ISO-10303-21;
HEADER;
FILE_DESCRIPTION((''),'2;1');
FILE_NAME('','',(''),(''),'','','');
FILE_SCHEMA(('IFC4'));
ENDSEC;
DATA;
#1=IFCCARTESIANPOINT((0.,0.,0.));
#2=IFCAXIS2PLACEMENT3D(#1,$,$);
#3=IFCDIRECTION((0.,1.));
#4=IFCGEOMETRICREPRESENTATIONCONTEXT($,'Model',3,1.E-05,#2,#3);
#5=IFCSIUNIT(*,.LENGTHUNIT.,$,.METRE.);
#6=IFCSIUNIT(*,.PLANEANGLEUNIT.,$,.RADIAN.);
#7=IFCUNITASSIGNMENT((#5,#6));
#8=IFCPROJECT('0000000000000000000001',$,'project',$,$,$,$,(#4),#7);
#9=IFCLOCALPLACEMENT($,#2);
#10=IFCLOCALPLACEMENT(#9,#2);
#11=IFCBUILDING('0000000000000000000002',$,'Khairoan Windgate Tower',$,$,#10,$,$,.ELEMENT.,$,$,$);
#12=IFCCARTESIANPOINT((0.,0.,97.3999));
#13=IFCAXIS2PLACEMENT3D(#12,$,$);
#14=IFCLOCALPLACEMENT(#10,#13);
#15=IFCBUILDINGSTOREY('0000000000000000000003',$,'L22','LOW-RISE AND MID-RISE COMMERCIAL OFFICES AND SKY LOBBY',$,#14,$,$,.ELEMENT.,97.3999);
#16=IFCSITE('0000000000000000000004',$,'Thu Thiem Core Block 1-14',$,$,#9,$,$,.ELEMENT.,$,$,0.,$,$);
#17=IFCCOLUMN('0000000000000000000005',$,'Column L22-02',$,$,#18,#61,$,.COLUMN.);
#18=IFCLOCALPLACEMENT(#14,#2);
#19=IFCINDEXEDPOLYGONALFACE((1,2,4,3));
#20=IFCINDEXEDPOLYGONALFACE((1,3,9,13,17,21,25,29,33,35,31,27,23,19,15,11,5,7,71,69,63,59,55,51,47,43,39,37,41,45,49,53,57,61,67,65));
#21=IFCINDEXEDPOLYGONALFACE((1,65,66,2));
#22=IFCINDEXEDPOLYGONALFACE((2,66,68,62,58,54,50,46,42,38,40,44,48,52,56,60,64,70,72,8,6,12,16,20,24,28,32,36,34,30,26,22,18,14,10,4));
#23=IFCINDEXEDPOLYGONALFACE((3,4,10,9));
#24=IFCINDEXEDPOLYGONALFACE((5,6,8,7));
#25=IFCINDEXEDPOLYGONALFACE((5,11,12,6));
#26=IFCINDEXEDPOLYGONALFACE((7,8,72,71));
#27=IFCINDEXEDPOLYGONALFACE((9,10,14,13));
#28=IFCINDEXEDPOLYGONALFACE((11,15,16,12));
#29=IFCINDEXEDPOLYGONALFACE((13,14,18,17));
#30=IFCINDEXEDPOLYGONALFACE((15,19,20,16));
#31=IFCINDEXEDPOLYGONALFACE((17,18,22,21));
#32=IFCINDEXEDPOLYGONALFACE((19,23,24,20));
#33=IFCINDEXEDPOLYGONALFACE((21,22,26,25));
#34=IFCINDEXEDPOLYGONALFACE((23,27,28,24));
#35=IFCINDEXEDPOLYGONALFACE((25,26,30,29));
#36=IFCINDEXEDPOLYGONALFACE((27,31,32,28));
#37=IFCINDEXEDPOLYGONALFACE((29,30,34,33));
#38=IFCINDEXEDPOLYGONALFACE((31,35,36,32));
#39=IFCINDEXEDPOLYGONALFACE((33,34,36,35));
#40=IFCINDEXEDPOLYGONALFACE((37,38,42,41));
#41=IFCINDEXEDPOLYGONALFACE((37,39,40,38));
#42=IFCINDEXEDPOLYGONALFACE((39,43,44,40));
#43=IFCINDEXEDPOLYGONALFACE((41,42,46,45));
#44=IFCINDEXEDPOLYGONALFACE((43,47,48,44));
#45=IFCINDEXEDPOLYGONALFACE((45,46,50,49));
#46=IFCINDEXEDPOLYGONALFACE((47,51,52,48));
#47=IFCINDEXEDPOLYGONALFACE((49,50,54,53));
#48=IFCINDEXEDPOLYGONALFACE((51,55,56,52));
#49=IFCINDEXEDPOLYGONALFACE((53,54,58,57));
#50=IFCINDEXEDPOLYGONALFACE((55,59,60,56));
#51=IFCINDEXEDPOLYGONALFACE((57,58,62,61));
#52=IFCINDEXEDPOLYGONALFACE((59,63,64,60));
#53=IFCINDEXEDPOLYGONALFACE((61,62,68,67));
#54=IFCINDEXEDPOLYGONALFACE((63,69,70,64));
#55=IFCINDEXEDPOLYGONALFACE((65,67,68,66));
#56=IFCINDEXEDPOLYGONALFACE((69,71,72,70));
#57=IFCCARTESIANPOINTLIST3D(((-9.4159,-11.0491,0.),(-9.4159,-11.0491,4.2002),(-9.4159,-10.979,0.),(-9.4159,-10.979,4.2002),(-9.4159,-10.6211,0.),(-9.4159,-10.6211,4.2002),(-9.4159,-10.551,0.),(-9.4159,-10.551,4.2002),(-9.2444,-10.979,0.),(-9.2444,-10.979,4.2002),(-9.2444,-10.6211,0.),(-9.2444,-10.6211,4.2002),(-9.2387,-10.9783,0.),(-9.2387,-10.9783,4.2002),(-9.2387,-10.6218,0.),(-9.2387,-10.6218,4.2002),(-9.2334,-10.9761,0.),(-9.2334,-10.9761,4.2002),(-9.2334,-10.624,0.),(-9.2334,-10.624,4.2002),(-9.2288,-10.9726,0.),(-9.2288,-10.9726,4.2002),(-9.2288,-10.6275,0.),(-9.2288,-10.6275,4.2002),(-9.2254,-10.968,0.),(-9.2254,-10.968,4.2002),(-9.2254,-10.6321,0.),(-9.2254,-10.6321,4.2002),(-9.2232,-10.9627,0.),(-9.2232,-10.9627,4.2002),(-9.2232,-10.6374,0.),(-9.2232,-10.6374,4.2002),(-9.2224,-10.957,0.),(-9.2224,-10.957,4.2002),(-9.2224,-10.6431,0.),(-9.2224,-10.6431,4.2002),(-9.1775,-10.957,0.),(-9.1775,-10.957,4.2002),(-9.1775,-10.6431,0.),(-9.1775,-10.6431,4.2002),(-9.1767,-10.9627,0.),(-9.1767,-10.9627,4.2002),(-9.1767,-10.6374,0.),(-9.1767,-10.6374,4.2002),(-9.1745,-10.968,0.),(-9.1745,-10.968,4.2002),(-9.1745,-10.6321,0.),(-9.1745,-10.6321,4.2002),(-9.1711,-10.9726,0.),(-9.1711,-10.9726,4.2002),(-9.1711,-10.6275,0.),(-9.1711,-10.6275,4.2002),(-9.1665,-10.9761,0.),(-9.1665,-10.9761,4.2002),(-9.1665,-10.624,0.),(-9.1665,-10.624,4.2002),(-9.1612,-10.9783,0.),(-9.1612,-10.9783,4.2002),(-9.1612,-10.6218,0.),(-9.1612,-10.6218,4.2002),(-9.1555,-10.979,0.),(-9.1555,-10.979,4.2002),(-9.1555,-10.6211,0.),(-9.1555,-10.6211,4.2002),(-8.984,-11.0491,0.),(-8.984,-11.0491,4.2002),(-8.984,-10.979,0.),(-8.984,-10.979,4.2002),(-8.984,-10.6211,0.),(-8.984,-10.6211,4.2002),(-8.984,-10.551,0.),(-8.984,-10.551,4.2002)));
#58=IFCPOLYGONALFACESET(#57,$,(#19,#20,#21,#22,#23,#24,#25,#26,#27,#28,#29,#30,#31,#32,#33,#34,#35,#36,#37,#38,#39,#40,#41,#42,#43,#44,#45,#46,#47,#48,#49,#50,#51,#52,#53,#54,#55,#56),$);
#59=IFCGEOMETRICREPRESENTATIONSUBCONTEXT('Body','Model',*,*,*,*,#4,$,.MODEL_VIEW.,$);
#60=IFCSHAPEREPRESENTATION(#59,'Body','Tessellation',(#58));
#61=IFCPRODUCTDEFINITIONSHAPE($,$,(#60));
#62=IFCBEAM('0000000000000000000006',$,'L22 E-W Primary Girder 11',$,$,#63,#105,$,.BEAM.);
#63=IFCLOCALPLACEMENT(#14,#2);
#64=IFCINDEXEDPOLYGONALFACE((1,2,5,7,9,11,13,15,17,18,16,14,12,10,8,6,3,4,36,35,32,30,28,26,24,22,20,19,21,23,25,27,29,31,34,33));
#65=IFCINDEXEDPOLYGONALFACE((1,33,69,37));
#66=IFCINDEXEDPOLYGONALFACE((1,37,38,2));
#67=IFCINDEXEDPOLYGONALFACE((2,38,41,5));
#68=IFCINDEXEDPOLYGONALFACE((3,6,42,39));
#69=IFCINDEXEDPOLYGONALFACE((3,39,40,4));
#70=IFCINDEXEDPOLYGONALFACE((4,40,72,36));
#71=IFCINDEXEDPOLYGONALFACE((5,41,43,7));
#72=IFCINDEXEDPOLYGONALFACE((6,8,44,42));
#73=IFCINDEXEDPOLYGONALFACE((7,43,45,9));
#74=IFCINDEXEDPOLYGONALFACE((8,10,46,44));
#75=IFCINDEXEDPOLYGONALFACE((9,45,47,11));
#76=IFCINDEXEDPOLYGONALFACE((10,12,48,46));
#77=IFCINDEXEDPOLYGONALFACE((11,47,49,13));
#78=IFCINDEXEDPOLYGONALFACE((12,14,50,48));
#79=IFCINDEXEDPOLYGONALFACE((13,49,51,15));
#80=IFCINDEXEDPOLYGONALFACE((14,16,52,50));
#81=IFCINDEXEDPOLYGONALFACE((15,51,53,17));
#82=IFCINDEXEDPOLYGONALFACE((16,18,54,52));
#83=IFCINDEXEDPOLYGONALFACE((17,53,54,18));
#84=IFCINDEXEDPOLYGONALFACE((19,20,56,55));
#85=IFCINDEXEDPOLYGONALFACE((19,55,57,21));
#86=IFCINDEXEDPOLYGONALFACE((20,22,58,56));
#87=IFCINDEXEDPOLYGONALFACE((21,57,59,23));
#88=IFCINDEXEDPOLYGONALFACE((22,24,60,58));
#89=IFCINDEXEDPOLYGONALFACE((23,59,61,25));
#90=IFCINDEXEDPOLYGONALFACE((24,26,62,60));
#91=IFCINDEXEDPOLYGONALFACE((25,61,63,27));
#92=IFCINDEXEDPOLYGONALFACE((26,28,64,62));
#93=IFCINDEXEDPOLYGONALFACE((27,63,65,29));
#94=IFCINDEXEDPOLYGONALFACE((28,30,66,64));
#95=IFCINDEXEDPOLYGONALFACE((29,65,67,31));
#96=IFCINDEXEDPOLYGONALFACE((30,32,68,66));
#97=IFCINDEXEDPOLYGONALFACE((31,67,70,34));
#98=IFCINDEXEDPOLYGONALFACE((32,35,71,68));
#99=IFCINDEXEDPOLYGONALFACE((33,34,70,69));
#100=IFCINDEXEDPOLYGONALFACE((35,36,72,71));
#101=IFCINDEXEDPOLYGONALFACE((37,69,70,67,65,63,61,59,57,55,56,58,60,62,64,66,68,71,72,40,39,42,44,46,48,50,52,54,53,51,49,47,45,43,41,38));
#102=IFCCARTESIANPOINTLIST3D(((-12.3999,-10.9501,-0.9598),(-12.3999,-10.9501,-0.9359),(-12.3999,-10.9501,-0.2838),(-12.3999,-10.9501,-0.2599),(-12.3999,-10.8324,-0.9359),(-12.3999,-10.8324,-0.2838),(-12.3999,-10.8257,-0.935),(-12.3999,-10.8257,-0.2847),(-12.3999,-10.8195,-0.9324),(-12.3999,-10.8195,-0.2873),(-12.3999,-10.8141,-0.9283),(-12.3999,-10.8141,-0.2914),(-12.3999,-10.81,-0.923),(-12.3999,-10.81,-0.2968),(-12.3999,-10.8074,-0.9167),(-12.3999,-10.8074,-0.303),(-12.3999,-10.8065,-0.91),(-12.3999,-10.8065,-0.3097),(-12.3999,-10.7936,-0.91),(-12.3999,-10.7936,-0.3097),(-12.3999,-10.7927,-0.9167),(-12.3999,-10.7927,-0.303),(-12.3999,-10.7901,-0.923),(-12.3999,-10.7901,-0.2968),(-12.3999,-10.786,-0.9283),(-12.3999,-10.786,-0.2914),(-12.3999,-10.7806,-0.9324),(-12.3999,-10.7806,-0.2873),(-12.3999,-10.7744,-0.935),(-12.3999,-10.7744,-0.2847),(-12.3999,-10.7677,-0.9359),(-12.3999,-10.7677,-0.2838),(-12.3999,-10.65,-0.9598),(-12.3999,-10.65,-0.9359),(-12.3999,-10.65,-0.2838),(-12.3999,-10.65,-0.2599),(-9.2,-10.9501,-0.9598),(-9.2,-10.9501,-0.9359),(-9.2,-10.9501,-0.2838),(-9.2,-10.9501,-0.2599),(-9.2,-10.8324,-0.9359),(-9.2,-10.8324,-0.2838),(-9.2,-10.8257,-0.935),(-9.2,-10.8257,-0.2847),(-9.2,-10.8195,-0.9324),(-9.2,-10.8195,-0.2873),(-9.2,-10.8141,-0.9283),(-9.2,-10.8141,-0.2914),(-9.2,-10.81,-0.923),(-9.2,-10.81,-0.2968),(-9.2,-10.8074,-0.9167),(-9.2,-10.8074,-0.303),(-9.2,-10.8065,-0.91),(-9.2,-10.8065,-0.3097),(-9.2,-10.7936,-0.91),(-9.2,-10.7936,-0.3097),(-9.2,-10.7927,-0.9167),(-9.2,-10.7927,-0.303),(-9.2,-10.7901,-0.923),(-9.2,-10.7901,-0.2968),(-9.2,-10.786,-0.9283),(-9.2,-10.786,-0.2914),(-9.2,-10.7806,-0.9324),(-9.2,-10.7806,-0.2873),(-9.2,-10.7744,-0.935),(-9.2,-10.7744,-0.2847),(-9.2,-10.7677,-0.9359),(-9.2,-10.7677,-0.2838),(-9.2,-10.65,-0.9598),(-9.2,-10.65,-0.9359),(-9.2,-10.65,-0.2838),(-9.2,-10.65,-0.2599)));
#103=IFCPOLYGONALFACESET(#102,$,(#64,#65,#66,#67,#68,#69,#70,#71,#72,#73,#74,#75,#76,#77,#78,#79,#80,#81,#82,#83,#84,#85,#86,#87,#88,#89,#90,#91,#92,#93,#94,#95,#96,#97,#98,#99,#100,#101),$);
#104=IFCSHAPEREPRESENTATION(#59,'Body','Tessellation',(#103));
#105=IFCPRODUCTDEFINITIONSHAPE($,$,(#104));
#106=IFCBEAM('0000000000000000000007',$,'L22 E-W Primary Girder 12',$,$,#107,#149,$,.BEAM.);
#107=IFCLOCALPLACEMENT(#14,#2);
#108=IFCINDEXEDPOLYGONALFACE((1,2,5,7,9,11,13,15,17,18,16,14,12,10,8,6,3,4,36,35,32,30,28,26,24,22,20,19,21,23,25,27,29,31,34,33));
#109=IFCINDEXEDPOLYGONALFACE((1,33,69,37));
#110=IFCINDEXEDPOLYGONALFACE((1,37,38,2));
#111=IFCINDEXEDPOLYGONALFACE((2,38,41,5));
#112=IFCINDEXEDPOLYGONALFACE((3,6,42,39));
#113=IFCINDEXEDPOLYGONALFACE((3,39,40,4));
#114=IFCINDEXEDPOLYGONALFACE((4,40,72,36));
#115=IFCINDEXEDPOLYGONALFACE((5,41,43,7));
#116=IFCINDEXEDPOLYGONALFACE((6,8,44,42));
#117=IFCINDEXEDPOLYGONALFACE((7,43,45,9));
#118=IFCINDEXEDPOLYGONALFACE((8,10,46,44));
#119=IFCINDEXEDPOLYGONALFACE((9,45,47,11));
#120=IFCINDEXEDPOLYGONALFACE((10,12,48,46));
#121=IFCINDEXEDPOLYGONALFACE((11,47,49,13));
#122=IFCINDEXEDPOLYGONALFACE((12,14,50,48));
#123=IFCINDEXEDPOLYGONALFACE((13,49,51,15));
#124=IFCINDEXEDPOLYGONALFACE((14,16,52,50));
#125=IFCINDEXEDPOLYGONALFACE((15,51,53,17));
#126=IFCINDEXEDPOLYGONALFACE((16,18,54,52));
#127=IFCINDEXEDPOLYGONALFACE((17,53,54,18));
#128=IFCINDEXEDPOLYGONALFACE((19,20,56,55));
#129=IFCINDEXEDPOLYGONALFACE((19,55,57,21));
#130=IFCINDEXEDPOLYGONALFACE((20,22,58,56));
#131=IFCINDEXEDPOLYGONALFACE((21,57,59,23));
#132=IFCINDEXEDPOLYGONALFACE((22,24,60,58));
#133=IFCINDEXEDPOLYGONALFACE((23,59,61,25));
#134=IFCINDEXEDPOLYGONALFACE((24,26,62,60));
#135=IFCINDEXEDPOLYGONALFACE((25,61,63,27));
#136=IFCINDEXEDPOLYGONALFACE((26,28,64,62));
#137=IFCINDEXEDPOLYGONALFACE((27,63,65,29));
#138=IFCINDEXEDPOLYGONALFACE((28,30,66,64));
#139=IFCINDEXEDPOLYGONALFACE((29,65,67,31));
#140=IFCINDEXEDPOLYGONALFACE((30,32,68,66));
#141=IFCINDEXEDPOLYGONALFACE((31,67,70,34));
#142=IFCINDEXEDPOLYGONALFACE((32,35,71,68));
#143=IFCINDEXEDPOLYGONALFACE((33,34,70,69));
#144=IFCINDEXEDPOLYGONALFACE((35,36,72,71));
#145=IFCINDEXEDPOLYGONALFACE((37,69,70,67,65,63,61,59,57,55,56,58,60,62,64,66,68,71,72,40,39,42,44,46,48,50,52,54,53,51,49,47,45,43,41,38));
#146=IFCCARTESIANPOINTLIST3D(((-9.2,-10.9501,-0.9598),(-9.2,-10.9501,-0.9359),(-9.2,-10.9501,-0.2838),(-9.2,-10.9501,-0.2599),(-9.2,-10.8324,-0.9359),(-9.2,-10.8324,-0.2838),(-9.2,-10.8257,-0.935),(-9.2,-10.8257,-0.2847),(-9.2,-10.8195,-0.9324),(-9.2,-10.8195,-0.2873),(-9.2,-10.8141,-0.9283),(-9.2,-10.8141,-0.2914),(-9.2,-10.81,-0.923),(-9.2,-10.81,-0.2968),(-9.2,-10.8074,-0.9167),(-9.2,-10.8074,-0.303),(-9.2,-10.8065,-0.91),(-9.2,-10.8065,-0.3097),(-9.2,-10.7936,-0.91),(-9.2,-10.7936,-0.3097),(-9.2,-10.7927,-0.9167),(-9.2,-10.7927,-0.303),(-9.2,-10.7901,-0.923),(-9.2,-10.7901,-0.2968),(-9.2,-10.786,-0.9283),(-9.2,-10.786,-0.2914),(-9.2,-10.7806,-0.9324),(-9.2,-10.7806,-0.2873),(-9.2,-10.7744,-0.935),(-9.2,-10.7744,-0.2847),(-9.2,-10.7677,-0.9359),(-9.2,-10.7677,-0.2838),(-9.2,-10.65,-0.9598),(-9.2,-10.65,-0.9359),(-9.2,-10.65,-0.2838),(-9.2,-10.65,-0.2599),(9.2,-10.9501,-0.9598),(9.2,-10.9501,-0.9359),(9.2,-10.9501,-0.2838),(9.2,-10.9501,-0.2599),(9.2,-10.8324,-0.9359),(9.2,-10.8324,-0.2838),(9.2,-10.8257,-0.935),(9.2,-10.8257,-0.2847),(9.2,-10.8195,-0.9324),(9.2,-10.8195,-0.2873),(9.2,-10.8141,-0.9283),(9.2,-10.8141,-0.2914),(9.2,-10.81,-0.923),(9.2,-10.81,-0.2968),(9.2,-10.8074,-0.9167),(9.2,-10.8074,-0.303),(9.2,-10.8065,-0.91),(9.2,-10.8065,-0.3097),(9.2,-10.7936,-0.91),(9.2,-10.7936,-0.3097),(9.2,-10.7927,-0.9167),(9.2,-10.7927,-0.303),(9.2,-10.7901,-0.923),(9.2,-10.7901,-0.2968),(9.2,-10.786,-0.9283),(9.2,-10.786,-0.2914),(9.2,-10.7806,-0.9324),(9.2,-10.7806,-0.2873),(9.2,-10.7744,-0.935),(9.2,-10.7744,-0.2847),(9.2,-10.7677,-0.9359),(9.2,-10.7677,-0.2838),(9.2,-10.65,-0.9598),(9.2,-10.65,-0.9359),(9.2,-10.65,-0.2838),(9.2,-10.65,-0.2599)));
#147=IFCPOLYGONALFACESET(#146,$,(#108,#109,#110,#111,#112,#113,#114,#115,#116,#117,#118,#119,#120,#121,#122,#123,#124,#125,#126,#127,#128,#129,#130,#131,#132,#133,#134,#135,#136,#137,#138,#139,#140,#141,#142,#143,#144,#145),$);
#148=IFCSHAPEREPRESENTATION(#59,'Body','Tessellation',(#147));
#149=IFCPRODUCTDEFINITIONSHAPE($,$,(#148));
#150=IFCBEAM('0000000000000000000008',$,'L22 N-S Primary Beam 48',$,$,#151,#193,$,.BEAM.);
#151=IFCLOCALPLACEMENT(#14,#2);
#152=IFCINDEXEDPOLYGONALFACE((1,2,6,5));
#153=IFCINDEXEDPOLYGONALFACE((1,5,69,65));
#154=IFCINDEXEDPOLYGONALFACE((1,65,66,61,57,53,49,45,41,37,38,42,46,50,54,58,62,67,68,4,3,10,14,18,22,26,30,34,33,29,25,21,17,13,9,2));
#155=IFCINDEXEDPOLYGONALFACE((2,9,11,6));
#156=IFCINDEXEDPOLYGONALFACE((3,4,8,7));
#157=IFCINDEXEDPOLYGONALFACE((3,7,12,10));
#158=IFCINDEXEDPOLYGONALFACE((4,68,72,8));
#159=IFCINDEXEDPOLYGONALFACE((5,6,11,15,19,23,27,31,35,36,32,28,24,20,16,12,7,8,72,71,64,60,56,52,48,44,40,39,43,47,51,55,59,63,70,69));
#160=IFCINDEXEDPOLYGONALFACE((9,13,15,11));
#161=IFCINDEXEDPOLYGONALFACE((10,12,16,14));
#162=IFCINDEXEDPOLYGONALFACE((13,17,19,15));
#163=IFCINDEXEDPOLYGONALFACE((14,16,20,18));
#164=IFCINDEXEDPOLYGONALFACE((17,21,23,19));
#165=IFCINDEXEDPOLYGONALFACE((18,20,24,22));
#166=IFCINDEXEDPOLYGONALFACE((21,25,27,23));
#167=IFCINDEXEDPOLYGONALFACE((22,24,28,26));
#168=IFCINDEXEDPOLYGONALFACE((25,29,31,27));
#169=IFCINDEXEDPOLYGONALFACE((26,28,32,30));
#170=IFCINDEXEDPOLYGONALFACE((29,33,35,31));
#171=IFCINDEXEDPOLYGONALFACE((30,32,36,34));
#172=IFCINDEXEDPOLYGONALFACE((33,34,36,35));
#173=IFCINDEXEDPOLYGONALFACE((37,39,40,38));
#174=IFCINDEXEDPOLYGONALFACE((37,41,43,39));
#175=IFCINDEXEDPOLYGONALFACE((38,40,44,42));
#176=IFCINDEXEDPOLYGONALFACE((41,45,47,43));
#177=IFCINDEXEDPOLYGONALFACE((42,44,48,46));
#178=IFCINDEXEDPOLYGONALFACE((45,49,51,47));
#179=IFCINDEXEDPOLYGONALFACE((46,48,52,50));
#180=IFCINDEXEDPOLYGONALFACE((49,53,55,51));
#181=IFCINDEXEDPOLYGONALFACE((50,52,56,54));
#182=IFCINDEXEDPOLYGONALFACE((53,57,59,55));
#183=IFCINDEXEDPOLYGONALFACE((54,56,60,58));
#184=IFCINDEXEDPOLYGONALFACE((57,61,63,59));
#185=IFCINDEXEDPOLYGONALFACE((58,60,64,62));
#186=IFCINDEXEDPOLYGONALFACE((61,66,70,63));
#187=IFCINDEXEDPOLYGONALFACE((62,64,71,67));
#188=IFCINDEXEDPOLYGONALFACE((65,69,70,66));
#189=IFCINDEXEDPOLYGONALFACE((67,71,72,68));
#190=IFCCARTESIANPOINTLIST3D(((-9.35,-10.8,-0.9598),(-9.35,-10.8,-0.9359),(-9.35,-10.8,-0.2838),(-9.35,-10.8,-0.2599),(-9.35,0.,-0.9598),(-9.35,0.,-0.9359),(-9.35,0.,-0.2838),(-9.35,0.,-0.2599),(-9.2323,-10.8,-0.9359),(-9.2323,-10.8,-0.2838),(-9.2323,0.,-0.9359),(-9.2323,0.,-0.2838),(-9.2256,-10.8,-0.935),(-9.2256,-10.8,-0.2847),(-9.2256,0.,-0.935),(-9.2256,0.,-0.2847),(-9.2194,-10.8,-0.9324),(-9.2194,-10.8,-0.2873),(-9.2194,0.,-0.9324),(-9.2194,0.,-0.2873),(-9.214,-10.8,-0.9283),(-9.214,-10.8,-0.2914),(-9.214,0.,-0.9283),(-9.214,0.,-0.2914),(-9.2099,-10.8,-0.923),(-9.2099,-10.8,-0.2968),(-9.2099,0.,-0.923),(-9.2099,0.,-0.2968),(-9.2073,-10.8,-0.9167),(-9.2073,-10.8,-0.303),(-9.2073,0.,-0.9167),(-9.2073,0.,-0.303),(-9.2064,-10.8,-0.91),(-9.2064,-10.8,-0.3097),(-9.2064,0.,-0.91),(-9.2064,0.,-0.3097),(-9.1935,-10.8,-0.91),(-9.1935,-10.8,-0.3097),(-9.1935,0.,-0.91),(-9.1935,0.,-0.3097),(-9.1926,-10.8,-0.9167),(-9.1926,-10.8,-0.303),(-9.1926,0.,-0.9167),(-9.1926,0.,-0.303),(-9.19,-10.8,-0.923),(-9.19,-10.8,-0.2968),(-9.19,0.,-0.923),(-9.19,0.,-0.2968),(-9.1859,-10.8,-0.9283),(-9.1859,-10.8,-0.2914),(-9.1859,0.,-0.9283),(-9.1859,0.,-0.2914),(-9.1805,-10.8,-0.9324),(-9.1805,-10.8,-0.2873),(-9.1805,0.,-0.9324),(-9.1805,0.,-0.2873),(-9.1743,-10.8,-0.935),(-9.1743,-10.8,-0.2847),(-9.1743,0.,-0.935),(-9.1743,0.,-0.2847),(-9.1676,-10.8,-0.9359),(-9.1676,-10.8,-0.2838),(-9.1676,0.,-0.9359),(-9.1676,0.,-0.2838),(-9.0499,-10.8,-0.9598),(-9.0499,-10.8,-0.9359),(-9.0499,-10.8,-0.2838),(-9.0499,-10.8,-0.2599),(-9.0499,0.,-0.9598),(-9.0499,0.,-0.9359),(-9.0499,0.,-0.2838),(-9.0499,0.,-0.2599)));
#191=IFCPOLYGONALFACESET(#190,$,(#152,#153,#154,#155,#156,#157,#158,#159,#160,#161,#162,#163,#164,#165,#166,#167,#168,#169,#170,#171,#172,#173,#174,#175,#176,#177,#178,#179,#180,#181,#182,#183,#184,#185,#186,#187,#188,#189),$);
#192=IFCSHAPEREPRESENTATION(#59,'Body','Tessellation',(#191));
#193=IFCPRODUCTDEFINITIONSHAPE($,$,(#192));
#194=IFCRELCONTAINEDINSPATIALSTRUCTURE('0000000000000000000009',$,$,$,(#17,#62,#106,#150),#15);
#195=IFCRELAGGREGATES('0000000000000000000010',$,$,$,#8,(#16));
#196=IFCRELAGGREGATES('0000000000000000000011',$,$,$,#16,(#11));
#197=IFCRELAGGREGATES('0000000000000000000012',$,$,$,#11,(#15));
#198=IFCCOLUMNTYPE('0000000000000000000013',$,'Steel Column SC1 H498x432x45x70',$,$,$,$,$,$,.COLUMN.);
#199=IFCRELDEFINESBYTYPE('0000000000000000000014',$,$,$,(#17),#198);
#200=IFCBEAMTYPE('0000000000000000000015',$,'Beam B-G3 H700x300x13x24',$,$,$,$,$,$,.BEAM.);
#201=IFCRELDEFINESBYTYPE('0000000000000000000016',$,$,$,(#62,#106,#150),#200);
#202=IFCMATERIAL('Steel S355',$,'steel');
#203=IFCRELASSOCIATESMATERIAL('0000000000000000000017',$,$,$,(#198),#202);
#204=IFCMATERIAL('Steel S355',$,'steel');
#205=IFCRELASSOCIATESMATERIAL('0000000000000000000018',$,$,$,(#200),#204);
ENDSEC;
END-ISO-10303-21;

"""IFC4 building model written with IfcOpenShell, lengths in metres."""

from ifc_helpers import new_model, si_unit, direction, frame, origin, origin_2d, place, context, subcontext, project, spatial, i_section, extrude, material, material_profile, profile_set, type_object, element, save


model = new_model("IFC4")

# Units and contexts
model_context = context("Model", 3, precision=1e-05, world=origin(), true_north=direction((0.0, 1.0)))
body_context = subcontext(model_context, "Body", "Model", "MODEL_VIEW")
ifc_project = project(units=[si_unit("LENGTHUNIT", "METRE"), si_unit("PLANEANGLEUNIT", "RADIAN")], contexts=[model_context])

# Site, building, storey
site_placement = place(None, origin())
site = spatial("IfcSite", under=ifc_project, at=site_placement, Name="Thu Thiem Core Block 1-14", CompositionType="ELEMENT", RefElevation=0.0)
building_placement = place(site_placement, origin())
building = spatial("IfcBuilding", under=site, at=building_placement, Name="Khairoan Windgate Tower", CompositionType="ELEMENT")
storey_placement = place(building_placement, frame((0.0, 0.0, 97.3999)))
storey = spatial("IfcBuildingStorey", under=building, at=storey_placement, Name="L22", Description="LOW-RISE AND MID-RISE COMMERCIAL OFFICES AND SKY LOBBY", CompositionType="ELEMENT", Elevation=97.3999)

# Column
ifc_material_1 = material(Name="Steel S355", Category="steel")
ifc_material_profile_1 = material_profile(ifc_material_1, i_section(OverallWidth=0.4319, OverallDepth=0.498, WebThickness=0.0449, FlangeThickness=0.0701, FilletRadius=0.022, at=origin_2d()))
ifc_profile_set_1 = profile_set([ifc_material_profile_1], Name="Steel S355")
column_type = type_object("IfcColumnType", Name="Steel Column SC1 H498x432x45x70", PredefinedType="COLUMN", material=ifc_profile_set_1)
column_placement = place(storey_placement, frame((-9.2, -10.8, 0.0), z_axis=(0.0, 0.0, 1.0), x_axis=(1.0, 0.0, 0.0)))
element("IfcColumn", 1, at=column_placement, inside=storey, type_object=column_type, Name="Column L22-02", PredefinedType="COLUMN", context=body_context, shape_type="SweptSolid", body=[
    extrude(i_section(OverallWidth=0.4319, OverallDepth=0.498, WebThickness=0.0449, FlangeThickness=0.0701, FilletRadius=0.022, at=origin_2d()), origin(), (0.0, 0.0, 1.0), 4.2002),
])

# Beams
ifc_material_2 = material(Name="Steel S355", Category="steel")
ifc_material_profile_2 = material_profile(ifc_material_2, i_section(OverallWidth=0.3, OverallDepth=0.7, WebThickness=0.0129, FlangeThickness=0.0239, FilletRadius=0.0259, at=origin_2d()))
ifc_profile_set_2 = profile_set([ifc_material_profile_2], Name="Steel S355")
beam_type_1 = type_object("IfcBeamType", Name="Beam B-G3 H700x300x13x24", PredefinedType="BEAM", material=ifc_profile_set_2)
beam_1_placement = place(storey_placement, frame((-12.3999, -10.8, -0.6099), z_axis=(1.0, 0.0, 0.0), x_axis=(0.0, 1.0, 0.0)))
element("IfcBeam", 2, at=beam_1_placement, inside=storey, type_object=beam_type_1, Name="L22 E-W Primary Girder 11", PredefinedType="BEAM", context=body_context, shape_type="SweptSolid", body=[
    extrude(i_section(OverallWidth=0.3, OverallDepth=0.7, WebThickness=0.0129, FlangeThickness=0.0239, FilletRadius=0.0259, at=origin_2d()), origin(), (0.0, 0.0, 1.0), 3.2),
])
beam_2_placement = place(storey_placement, frame((-9.2, -10.8, -0.6099), z_axis=(1.0, 0.0, 0.0), x_axis=(0.0, 1.0, 0.0)))
element("IfcBeam", 3, at=beam_2_placement, inside=storey, type_object=beam_type_1, Name="L22 E-W Primary Girder 12", PredefinedType="BEAM", context=body_context, shape_type="SweptSolid", body=[
    extrude(i_section(OverallWidth=0.3, OverallDepth=0.7, WebThickness=0.0129, FlangeThickness=0.0239, FilletRadius=0.0259, at=origin_2d()), origin(), (0.0, 0.0, 1.0), 18.3999),
])
beam_3_placement = place(storey_placement, frame((-9.2, -10.8, -0.6099), z_axis=(0.0, 1.0, 0.0), x_axis=(-1.0, 0.0, 0.0)))
element("IfcBeam", 4, at=beam_3_placement, inside=storey, type_object=beam_type_1, Name="L22 N-S Primary Beam 48", PredefinedType="BEAM", context=body_context, shape_type="SweptSolid", body=[
    extrude(i_section(OverallWidth=0.3, OverallDepth=0.7, WebThickness=0.0129, FlangeThickness=0.0239, FilletRadius=0.0259, at=origin_2d()), origin(), (0.0, 0.0, 1.0), 10.8),
])

save(model, "model.ifc")
